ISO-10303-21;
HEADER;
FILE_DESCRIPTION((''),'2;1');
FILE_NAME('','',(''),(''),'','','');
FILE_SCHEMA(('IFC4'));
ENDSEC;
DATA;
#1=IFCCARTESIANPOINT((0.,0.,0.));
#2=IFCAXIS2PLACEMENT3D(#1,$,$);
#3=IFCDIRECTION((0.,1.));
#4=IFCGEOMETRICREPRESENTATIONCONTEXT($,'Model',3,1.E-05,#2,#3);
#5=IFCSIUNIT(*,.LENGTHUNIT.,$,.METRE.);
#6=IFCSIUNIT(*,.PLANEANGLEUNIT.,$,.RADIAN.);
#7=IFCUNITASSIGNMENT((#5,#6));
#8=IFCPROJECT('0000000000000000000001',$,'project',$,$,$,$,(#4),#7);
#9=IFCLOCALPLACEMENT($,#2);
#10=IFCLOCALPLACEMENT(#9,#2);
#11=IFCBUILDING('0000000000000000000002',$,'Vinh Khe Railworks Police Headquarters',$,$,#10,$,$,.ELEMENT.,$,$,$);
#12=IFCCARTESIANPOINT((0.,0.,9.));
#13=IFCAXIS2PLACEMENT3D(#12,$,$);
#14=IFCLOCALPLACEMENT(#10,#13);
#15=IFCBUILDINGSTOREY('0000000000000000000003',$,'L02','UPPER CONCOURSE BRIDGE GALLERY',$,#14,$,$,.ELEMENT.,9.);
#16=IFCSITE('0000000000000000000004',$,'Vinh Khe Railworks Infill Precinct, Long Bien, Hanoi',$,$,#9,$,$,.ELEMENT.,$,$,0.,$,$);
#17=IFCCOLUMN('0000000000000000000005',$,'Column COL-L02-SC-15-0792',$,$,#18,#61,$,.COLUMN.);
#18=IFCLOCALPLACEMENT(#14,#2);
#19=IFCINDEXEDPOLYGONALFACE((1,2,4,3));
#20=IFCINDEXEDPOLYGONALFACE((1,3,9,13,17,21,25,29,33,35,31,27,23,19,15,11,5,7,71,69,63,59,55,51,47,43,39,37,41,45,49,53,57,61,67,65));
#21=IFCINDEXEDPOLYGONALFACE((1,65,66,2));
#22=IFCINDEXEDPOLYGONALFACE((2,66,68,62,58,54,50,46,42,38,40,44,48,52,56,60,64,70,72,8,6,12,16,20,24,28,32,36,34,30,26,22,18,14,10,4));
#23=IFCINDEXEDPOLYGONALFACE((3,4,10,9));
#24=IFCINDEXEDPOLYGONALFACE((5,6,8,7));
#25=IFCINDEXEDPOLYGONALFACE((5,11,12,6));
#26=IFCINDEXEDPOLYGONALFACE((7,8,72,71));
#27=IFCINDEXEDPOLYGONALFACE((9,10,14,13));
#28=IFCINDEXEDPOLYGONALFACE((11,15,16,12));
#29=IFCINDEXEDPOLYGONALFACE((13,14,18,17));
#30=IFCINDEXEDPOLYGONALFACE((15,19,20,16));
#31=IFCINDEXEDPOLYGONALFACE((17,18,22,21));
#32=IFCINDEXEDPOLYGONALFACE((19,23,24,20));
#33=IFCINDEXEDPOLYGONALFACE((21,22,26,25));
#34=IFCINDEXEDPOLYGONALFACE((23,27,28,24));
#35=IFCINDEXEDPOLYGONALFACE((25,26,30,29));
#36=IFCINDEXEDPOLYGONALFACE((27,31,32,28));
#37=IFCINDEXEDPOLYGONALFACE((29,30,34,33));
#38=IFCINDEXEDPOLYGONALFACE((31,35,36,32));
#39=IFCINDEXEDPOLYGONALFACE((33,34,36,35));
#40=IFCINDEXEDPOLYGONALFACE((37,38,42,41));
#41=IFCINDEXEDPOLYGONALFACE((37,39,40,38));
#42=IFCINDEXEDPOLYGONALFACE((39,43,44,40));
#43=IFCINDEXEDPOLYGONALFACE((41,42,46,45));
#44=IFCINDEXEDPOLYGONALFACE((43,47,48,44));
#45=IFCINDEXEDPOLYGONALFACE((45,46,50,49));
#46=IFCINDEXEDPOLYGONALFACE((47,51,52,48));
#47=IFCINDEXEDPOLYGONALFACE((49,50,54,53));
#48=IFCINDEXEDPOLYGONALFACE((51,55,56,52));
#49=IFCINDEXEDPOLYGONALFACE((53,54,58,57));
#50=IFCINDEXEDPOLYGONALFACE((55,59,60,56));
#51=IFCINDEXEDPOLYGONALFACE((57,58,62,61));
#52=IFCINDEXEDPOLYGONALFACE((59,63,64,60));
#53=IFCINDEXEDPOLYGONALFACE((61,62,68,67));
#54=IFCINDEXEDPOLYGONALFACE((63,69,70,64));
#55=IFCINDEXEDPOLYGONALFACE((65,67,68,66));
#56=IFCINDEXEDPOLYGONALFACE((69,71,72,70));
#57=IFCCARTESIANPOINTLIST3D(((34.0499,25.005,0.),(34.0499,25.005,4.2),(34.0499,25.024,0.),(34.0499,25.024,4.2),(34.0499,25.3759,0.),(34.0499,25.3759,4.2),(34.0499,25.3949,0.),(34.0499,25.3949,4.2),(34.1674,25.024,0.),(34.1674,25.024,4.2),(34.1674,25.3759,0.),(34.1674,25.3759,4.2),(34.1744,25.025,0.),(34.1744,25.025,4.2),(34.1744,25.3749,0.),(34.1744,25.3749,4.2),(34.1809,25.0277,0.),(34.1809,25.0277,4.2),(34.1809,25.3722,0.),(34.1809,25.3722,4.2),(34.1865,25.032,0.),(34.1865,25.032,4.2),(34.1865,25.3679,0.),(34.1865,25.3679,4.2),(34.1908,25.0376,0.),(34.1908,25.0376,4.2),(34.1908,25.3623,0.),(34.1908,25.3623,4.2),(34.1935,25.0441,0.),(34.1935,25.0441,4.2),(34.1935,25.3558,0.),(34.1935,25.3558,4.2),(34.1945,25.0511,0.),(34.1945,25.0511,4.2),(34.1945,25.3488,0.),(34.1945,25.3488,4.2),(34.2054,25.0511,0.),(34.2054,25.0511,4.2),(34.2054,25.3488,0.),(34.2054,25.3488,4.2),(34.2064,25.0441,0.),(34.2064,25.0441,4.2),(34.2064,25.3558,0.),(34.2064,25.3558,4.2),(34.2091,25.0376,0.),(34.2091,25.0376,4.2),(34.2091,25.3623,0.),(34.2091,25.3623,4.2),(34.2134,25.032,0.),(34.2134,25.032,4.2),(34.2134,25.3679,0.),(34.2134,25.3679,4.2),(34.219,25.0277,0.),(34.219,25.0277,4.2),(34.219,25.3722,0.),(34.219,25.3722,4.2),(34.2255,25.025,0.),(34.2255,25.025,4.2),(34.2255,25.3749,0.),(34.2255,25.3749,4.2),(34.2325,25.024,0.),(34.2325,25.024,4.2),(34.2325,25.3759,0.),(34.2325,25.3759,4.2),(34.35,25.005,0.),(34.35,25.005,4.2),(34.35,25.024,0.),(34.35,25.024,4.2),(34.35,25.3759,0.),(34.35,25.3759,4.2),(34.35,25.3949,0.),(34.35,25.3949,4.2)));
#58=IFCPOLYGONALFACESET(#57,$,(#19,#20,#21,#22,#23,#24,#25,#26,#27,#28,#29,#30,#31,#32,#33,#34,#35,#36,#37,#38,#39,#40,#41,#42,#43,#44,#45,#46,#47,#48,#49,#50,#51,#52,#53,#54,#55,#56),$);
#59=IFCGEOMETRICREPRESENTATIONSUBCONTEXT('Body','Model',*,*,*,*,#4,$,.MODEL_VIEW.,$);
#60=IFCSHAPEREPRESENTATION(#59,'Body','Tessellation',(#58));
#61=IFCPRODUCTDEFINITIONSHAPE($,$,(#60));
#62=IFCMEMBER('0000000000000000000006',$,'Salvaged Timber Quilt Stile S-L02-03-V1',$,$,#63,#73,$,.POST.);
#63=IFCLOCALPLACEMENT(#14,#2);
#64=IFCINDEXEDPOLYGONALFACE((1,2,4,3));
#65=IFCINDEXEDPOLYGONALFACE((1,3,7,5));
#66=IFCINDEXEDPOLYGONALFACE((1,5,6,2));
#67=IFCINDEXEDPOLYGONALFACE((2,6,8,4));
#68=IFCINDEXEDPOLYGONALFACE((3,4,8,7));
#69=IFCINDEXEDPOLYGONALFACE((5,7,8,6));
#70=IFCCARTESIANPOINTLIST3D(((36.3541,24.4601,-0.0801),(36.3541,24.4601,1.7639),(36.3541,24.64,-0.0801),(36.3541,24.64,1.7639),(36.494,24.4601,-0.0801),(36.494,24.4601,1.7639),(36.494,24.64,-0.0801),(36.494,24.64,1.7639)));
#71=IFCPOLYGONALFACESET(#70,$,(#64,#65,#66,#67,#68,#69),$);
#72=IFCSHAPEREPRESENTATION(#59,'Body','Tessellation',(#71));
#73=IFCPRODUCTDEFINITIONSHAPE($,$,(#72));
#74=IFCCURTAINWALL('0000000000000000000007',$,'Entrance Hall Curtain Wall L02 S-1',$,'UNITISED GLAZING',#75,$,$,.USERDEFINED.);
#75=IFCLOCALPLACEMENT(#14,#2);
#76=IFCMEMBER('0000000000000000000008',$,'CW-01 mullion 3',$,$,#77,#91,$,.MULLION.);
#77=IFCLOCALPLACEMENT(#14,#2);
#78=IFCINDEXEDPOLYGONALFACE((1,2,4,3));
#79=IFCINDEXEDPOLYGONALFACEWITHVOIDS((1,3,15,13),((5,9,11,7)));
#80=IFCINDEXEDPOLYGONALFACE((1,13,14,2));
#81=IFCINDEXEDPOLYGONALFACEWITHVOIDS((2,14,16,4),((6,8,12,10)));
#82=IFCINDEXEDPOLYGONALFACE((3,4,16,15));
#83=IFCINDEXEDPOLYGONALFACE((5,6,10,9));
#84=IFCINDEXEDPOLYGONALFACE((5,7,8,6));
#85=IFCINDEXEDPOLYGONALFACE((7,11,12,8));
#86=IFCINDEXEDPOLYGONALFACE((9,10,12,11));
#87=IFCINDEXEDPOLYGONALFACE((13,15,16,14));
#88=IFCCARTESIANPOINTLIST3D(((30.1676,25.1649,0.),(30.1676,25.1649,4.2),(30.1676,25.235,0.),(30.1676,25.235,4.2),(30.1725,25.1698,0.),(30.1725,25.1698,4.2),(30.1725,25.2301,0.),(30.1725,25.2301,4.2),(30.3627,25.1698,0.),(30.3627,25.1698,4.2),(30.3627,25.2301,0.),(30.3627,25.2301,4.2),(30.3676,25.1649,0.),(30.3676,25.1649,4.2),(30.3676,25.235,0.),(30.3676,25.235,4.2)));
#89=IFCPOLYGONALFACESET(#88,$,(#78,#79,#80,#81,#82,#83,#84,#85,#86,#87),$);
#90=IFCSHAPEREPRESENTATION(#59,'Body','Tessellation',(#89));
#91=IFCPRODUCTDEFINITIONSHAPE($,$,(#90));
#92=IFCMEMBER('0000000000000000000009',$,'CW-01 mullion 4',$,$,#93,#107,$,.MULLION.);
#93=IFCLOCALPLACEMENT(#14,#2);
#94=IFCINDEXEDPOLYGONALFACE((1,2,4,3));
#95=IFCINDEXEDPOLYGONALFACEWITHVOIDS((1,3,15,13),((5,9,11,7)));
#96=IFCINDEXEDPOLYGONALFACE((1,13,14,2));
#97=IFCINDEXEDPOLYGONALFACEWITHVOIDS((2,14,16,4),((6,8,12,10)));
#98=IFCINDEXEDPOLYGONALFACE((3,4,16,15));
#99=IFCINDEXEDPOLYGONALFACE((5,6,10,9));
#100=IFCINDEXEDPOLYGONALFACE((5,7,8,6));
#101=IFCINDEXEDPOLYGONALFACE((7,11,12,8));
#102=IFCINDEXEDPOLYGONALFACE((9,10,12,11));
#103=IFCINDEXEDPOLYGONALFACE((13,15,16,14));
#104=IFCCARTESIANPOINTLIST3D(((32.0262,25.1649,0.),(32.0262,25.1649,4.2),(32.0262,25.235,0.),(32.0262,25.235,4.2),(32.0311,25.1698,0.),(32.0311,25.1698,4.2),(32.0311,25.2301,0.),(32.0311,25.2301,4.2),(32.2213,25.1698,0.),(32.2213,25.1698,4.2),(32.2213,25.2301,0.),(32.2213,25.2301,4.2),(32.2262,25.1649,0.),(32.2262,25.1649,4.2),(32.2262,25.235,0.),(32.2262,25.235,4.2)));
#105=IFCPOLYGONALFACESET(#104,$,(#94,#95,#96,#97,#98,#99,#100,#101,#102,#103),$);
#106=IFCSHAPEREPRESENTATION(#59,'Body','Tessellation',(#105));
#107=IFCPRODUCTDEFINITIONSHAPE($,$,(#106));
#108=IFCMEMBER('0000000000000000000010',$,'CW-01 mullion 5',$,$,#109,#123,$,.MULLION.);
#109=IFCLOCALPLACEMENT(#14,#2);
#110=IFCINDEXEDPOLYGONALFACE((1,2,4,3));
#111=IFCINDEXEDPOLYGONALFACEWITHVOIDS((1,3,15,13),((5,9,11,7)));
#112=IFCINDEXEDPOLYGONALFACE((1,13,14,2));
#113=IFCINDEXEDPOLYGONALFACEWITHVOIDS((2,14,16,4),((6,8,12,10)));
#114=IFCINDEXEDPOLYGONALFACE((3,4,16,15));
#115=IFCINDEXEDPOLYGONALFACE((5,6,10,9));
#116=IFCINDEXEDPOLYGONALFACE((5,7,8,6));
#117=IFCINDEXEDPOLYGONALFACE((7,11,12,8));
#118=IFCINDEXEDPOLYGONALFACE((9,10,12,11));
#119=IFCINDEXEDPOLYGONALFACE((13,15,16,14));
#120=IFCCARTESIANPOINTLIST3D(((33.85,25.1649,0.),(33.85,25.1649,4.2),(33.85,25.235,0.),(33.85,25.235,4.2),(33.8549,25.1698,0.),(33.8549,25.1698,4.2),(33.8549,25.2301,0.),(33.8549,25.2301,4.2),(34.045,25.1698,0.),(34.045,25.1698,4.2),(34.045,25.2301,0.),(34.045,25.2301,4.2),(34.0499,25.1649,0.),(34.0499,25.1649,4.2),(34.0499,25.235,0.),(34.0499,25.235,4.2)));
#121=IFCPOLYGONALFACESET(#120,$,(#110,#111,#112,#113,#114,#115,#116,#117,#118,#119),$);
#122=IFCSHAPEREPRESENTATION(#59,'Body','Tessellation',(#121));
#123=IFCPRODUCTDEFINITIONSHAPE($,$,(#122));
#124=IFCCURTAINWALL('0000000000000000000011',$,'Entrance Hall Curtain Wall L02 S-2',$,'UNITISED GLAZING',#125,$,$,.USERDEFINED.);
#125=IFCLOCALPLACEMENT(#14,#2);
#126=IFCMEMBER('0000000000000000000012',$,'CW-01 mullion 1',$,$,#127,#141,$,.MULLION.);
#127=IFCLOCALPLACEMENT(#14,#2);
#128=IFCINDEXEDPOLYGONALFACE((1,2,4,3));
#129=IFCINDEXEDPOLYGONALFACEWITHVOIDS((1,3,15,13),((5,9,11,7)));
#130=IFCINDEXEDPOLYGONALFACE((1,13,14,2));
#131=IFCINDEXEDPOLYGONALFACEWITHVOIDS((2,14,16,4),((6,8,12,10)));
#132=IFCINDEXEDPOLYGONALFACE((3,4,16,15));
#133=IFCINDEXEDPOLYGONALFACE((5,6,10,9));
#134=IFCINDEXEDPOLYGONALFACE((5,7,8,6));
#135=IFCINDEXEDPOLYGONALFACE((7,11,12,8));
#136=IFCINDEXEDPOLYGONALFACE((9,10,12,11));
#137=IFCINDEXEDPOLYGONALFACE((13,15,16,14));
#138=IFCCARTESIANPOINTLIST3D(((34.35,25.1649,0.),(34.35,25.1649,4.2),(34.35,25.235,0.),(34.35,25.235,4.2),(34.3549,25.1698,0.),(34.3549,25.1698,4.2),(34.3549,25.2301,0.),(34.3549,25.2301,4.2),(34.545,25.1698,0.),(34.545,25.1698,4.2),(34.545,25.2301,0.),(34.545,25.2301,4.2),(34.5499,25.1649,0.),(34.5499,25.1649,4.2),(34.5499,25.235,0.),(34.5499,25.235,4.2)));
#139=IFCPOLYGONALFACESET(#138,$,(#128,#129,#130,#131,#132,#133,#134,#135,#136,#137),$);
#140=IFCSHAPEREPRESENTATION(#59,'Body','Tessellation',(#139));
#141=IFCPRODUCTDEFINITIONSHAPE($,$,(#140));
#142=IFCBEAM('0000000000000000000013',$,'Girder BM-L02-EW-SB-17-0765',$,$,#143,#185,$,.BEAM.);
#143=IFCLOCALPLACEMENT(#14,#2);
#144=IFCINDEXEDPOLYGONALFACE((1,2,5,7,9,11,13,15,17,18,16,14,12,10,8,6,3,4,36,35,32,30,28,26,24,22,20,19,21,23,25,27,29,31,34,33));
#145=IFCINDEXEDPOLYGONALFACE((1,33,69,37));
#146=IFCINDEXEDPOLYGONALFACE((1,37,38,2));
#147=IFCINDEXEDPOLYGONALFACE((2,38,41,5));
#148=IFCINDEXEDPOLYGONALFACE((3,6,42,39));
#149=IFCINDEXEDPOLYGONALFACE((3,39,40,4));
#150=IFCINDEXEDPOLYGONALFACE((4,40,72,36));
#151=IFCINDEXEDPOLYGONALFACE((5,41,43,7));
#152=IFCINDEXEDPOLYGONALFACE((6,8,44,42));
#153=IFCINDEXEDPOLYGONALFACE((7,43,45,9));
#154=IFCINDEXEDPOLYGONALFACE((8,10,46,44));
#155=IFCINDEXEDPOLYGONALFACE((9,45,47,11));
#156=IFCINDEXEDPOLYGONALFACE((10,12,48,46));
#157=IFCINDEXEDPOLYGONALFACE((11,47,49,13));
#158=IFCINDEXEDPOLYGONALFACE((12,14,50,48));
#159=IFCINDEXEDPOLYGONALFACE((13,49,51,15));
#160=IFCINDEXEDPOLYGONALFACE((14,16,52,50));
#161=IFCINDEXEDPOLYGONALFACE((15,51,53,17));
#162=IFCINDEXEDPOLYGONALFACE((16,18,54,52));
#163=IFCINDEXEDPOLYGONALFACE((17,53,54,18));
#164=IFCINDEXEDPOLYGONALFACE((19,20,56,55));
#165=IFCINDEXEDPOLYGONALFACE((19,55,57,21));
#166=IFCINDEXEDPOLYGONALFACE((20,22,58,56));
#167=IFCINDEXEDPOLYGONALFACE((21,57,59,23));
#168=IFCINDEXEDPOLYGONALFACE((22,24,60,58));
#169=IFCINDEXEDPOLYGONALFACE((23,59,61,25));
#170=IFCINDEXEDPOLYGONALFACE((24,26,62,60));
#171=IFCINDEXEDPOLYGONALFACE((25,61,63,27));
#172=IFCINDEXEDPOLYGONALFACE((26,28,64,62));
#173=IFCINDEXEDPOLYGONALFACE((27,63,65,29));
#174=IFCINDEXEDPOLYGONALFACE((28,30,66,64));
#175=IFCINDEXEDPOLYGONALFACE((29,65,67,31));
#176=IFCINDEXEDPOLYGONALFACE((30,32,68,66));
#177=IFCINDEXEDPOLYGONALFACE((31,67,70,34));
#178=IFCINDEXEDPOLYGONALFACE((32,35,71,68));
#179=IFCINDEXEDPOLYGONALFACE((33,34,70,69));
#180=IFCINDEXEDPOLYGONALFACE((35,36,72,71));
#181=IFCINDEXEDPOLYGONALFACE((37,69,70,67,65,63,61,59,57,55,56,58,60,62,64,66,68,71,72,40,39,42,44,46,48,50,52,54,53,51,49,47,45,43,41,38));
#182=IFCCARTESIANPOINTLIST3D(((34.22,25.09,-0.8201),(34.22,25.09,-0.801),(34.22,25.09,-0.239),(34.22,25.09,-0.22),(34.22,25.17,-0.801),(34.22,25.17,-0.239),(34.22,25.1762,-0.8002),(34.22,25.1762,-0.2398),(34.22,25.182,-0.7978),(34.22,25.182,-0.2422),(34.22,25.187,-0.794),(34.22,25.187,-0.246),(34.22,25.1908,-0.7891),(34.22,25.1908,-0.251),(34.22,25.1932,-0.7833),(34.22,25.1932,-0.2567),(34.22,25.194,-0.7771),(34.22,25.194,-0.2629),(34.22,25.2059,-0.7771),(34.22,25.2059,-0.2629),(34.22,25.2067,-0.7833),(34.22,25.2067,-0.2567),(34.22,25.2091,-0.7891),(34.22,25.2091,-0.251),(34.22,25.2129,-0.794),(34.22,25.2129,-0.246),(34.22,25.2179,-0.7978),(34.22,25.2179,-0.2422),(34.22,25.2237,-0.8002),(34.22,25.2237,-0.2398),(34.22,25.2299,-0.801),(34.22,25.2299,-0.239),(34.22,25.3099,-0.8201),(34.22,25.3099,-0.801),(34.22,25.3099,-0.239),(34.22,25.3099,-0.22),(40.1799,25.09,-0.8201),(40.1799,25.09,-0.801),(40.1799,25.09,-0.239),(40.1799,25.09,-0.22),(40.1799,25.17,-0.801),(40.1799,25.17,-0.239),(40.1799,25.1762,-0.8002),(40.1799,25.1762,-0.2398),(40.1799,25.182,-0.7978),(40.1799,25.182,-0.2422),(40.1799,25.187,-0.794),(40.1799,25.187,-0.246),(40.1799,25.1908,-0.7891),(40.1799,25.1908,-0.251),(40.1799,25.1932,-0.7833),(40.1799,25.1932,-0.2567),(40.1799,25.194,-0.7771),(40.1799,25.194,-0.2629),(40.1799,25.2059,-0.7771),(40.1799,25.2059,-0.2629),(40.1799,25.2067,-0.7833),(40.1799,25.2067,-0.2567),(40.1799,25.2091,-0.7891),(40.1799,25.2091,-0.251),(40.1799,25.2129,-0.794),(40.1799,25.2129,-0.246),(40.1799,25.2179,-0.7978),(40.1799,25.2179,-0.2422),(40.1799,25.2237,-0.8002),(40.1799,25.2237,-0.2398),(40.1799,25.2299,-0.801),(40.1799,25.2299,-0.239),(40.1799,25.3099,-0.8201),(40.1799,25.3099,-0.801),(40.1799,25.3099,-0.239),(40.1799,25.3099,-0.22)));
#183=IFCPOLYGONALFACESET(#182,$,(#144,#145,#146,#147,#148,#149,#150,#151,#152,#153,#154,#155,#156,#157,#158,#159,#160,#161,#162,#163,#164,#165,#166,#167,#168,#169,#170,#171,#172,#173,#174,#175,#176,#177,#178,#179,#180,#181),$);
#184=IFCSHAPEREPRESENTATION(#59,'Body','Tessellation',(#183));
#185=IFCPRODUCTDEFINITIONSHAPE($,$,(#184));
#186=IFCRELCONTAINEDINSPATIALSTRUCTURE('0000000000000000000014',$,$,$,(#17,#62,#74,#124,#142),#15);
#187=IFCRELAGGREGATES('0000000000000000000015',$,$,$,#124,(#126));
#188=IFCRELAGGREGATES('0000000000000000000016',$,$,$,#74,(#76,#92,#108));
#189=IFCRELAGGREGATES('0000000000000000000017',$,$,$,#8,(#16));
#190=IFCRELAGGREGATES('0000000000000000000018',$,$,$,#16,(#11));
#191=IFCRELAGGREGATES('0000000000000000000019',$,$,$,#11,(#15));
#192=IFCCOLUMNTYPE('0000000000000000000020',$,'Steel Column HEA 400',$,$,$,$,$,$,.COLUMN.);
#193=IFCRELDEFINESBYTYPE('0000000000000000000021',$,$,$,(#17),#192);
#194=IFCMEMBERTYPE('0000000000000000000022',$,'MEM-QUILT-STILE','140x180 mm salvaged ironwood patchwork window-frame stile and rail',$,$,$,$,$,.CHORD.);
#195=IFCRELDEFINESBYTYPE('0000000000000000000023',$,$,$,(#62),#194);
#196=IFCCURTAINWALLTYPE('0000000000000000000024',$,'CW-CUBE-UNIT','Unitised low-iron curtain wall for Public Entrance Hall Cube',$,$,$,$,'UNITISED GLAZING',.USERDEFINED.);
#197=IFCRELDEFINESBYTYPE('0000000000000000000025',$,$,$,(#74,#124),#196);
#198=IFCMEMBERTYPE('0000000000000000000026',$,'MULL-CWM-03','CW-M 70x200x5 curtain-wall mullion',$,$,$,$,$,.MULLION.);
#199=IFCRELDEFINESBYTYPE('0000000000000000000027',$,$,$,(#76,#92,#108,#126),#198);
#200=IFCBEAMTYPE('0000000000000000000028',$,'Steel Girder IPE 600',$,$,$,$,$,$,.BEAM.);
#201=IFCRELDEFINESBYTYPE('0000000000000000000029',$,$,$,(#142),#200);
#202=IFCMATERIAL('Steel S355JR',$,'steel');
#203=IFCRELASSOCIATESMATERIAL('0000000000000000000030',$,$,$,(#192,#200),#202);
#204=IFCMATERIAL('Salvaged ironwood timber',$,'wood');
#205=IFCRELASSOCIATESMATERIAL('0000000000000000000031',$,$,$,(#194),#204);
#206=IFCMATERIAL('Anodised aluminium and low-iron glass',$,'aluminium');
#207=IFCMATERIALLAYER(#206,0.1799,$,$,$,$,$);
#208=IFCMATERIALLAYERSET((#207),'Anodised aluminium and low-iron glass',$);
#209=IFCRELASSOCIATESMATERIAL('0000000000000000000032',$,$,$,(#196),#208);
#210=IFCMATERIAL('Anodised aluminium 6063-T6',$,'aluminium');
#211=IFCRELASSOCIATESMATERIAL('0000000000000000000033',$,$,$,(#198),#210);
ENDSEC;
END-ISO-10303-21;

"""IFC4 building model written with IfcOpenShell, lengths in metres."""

from ifc_helpers import new_model, si_unit, direction, frame, origin, origin_2d, place, context, subcontext, project, spatial, rectangle, hollow_rectangle, i_section, extrude, material, layer, layer_set, material_profile, profile_set, type_object, element, aggregate, save


model = new_model("IFC4")

# Units and contexts
model_context = context("Model", 3, precision=1e-05, world=origin(), true_north=direction((0.0, 1.0)))
body_context = subcontext(model_context, "Body", "Model", "MODEL_VIEW")
ifc_project = project(units=[si_unit("LENGTHUNIT", "METRE"), si_unit("PLANEANGLEUNIT", "RADIAN")], contexts=[model_context])

# Site, building, storey
site_placement = place(None, origin())
site = spatial("IfcSite", under=ifc_project, at=site_placement, Name="Vinh Khe Railworks Infill Precinct, Long Bien, Hanoi", CompositionType="ELEMENT", RefElevation=0.0)
building_placement = place(site_placement, origin())
building = spatial("IfcBuilding", under=site, at=building_placement, Name="Vinh Khe Railworks Police Headquarters", CompositionType="ELEMENT")
storey_placement = place(building_placement, frame((0.0, 0.0, 9.0)))
storey = spatial("IfcBuildingStorey", under=building, at=storey_placement, Name="L02", Description="UPPER CONCOURSE BRIDGE GALLERY", CompositionType="ELEMENT", Elevation=9.0)

# Column
ifc_material_1 = material(Name="Steel S355JR", Category="steel")
ifc_material_profile_1 = material_profile(ifc_material_1, i_section(OverallWidth=0.3, OverallDepth=0.3899, WebThickness=0.011, FlangeThickness=0.019, FilletRadius=0.0271, at=origin_2d()), Name="HEA 400")
ifc_profile_set_1 = profile_set([ifc_material_profile_1], Name="Steel S355JR")
column_type = type_object("IfcColumnType", Name="Steel Column HEA 400", PredefinedType="COLUMN", material=ifc_profile_set_1)
column_placement = place(storey_placement, frame((34.2, 25.2, 0.0), z_axis=(0.0, 0.0, 1.0), x_axis=(1.0, 0.0, 0.0)))
element("IfcColumn", 1, at=column_placement, inside=storey, type_object=column_type, Name="Column COL-L02-SC-15-0792", PredefinedType="COLUMN", context=body_context, shape_type="SweptSolid", body=[
    extrude(i_section(OverallWidth=0.3, OverallDepth=0.3899, WebThickness=0.011, FlangeThickness=0.019, FilletRadius=0.0271, at=origin_2d()), origin(), (0.0, 0.0, 1.0), 4.2),
])

# Member
ifc_material_2 = material(Name="Salvaged ironwood timber", Category="wood")
ifc_material_profile_2 = material_profile(ifc_material_2, rectangle(XDim=0.1399, YDim=0.1799, at=origin_2d()), Name="TIMBER 140x180")
ifc_profile_set_2 = profile_set([ifc_material_profile_2], Name="Salvaged ironwood timber")
member_type_1 = type_object("IfcMemberType", Name="MEM-QUILT-STILE", Description="140x180 mm salvaged ironwood patchwork window-frame stile and rail", PredefinedType="CHORD", material=ifc_profile_set_2)
member_1_placement = place(storey_placement, frame((36.4241, 24.55, -0.0801), z_axis=(0.0, 0.0, 1.0), x_axis=(1.0, 0.0, 0.0)))
element("IfcMember", 2, at=member_1_placement, inside=storey, type_object=member_type_1, Name="Salvaged Timber Quilt Stile S-L02-03-V1", PredefinedType="POST", context=body_context, shape_type="SweptSolid", body=[
    extrude(rectangle(XDim=0.1399, YDim=0.1799, at=origin_2d()), origin(), (0.0, 0.0, 1.0), 1.844),
])

# Curtain wall, members
ifc_material_3 = material(Name="Anodised aluminium and low-iron glass", Category="aluminium")
ifc_layer_1 = layer(ifc_material_3, 0.1799)
ifc_layer_set_1 = layer_set([ifc_layer_1], Name="Anodised aluminium and low-iron glass")
curtain_wall_type = type_object("IfcCurtainWallType", Name="CW-CUBE-UNIT", Description="Unitised low-iron curtain wall for Public Entrance Hall Cube", ElementType="UNITISED GLAZING", PredefinedType="USERDEFINED", material=ifc_layer_set_1)
curtain_wall_1_placement = place(storey_placement, origin())
curtain_wall_1 = element("IfcCurtainWall", 3, at=curtain_wall_1_placement, inside=storey, type_object=curtain_wall_type, Name="Entrance Hall Curtain Wall L02 S-1", ObjectType="UNITISED GLAZING", PredefinedType="USERDEFINED")
ifc_material_4 = material(Name="Anodised aluminium 6063-T6", Category="aluminium")
ifc_material_profile_3 = material_profile(ifc_material_4, hollow_rectangle(XDim=0.0701, YDim=0.2, WallThickness=0.0049, at=origin_2d()), Name="CW-M 70x200x5")
ifc_profile_set_3 = profile_set([ifc_material_profile_3], Name="Anodised aluminium 6063-T6")
member_type_2 = type_object("IfcMemberType", Name="MULL-CWM-03", Description="CW-M 70x200x5 curtain-wall mullion", PredefinedType="MULLION", material=ifc_profile_set_3)
member_2_placement = place(storey_placement, frame((30.2676, 25.2, 0.0), z_axis=(0.0, 0.0, 1.0), x_axis=(0.0, 1.0, 0.0)))
member_2 = element("IfcMember", 4, at=member_2_placement, type_object=member_type_2, Name="CW-01 mullion 3", PredefinedType="MULLION", context=body_context, shape_type="SweptSolid", body=[
    extrude(hollow_rectangle(XDim=0.0701, YDim=0.2, WallThickness=0.0049, at=origin_2d()), origin(), (0.0, 0.0, 1.0), 4.2),
])
member_3_placement = place(storey_placement, frame((32.1262, 25.2, 0.0), z_axis=(0.0, 0.0, 1.0), x_axis=(0.0, 1.0, 0.0)))
member_3 = element("IfcMember", 5, at=member_3_placement, type_object=member_type_2, Name="CW-01 mullion 4", PredefinedType="MULLION", context=body_context, shape_type="SweptSolid", body=[
    extrude(hollow_rectangle(XDim=0.0701, YDim=0.2, WallThickness=0.0049, at=origin_2d()), origin(), (0.0, 0.0, 1.0), 4.2),
])
member_4_placement = place(storey_placement, frame((33.95, 25.2, 0.0), z_axis=(0.0, 0.0, 1.0), x_axis=(0.0, 1.0, 0.0)))
member_4 = element("IfcMember", 6, at=member_4_placement, type_object=member_type_2, Name="CW-01 mullion 5", PredefinedType="MULLION", context=body_context, shape_type="SweptSolid", body=[
    extrude(hollow_rectangle(XDim=0.0701, YDim=0.2, WallThickness=0.0049, at=origin_2d()), origin(), (0.0, 0.0, 1.0), 4.2),
])

# Curtain wall, member
curtain_wall_2_placement = place(storey_placement, origin())
curtain_wall_2 = element("IfcCurtainWall", 7, at=curtain_wall_2_placement, inside=storey, type_object=curtain_wall_type, Name="Entrance Hall Curtain Wall L02 S-2", ObjectType="UNITISED GLAZING", PredefinedType="USERDEFINED")
member_5_placement = place(storey_placement, frame((34.45, 25.2, 0.0), z_axis=(0.0, 0.0, 1.0), x_axis=(0.0, 1.0, 0.0)))
member_5 = element("IfcMember", 8, at=member_5_placement, type_object=member_type_2, Name="CW-01 mullion 1", PredefinedType="MULLION", context=body_context, shape_type="SweptSolid", body=[
    extrude(hollow_rectangle(XDim=0.0701, YDim=0.2, WallThickness=0.0049, at=origin_2d()), origin(), (0.0, 0.0, 1.0), 4.2),
])

# Beam
ifc_material_profile_4 = material_profile(ifc_material_1, i_section(OverallWidth=0.22, OverallDepth=0.6001, WebThickness=0.012, FlangeThickness=0.019, FilletRadius=0.0239, at=origin_2d()), Name="IPE 600")
ifc_profile_set_4 = profile_set([ifc_material_profile_4], Name="Steel S355JR")
beam_type = type_object("IfcBeamType", Name="Steel Girder IPE 600", PredefinedType="BEAM", material=ifc_profile_set_4)
beam_placement = place(storey_placement, frame((34.22, 25.2, -0.52), z_axis=(1.0, 0.0, 0.0), x_axis=(0.0, 1.0, 0.0)))
element("IfcBeam", 9, at=beam_placement, inside=storey, type_object=beam_type, Name="Girder BM-L02-EW-SB-17-0765", PredefinedType="BEAM", context=body_context, shape_type="SweptSolid", body=[
    extrude(i_section(OverallWidth=0.22, OverallDepth=0.6001, WebThickness=0.012, FlangeThickness=0.019, FilletRadius=0.0239, at=origin_2d()), origin(), (0.0, 0.0, 1.0), 5.96),
])

aggregate(curtain_wall_2, [member_5])

aggregate(curtain_wall_1, [member_2, member_3, member_4])

save(model, "model.ifc")
